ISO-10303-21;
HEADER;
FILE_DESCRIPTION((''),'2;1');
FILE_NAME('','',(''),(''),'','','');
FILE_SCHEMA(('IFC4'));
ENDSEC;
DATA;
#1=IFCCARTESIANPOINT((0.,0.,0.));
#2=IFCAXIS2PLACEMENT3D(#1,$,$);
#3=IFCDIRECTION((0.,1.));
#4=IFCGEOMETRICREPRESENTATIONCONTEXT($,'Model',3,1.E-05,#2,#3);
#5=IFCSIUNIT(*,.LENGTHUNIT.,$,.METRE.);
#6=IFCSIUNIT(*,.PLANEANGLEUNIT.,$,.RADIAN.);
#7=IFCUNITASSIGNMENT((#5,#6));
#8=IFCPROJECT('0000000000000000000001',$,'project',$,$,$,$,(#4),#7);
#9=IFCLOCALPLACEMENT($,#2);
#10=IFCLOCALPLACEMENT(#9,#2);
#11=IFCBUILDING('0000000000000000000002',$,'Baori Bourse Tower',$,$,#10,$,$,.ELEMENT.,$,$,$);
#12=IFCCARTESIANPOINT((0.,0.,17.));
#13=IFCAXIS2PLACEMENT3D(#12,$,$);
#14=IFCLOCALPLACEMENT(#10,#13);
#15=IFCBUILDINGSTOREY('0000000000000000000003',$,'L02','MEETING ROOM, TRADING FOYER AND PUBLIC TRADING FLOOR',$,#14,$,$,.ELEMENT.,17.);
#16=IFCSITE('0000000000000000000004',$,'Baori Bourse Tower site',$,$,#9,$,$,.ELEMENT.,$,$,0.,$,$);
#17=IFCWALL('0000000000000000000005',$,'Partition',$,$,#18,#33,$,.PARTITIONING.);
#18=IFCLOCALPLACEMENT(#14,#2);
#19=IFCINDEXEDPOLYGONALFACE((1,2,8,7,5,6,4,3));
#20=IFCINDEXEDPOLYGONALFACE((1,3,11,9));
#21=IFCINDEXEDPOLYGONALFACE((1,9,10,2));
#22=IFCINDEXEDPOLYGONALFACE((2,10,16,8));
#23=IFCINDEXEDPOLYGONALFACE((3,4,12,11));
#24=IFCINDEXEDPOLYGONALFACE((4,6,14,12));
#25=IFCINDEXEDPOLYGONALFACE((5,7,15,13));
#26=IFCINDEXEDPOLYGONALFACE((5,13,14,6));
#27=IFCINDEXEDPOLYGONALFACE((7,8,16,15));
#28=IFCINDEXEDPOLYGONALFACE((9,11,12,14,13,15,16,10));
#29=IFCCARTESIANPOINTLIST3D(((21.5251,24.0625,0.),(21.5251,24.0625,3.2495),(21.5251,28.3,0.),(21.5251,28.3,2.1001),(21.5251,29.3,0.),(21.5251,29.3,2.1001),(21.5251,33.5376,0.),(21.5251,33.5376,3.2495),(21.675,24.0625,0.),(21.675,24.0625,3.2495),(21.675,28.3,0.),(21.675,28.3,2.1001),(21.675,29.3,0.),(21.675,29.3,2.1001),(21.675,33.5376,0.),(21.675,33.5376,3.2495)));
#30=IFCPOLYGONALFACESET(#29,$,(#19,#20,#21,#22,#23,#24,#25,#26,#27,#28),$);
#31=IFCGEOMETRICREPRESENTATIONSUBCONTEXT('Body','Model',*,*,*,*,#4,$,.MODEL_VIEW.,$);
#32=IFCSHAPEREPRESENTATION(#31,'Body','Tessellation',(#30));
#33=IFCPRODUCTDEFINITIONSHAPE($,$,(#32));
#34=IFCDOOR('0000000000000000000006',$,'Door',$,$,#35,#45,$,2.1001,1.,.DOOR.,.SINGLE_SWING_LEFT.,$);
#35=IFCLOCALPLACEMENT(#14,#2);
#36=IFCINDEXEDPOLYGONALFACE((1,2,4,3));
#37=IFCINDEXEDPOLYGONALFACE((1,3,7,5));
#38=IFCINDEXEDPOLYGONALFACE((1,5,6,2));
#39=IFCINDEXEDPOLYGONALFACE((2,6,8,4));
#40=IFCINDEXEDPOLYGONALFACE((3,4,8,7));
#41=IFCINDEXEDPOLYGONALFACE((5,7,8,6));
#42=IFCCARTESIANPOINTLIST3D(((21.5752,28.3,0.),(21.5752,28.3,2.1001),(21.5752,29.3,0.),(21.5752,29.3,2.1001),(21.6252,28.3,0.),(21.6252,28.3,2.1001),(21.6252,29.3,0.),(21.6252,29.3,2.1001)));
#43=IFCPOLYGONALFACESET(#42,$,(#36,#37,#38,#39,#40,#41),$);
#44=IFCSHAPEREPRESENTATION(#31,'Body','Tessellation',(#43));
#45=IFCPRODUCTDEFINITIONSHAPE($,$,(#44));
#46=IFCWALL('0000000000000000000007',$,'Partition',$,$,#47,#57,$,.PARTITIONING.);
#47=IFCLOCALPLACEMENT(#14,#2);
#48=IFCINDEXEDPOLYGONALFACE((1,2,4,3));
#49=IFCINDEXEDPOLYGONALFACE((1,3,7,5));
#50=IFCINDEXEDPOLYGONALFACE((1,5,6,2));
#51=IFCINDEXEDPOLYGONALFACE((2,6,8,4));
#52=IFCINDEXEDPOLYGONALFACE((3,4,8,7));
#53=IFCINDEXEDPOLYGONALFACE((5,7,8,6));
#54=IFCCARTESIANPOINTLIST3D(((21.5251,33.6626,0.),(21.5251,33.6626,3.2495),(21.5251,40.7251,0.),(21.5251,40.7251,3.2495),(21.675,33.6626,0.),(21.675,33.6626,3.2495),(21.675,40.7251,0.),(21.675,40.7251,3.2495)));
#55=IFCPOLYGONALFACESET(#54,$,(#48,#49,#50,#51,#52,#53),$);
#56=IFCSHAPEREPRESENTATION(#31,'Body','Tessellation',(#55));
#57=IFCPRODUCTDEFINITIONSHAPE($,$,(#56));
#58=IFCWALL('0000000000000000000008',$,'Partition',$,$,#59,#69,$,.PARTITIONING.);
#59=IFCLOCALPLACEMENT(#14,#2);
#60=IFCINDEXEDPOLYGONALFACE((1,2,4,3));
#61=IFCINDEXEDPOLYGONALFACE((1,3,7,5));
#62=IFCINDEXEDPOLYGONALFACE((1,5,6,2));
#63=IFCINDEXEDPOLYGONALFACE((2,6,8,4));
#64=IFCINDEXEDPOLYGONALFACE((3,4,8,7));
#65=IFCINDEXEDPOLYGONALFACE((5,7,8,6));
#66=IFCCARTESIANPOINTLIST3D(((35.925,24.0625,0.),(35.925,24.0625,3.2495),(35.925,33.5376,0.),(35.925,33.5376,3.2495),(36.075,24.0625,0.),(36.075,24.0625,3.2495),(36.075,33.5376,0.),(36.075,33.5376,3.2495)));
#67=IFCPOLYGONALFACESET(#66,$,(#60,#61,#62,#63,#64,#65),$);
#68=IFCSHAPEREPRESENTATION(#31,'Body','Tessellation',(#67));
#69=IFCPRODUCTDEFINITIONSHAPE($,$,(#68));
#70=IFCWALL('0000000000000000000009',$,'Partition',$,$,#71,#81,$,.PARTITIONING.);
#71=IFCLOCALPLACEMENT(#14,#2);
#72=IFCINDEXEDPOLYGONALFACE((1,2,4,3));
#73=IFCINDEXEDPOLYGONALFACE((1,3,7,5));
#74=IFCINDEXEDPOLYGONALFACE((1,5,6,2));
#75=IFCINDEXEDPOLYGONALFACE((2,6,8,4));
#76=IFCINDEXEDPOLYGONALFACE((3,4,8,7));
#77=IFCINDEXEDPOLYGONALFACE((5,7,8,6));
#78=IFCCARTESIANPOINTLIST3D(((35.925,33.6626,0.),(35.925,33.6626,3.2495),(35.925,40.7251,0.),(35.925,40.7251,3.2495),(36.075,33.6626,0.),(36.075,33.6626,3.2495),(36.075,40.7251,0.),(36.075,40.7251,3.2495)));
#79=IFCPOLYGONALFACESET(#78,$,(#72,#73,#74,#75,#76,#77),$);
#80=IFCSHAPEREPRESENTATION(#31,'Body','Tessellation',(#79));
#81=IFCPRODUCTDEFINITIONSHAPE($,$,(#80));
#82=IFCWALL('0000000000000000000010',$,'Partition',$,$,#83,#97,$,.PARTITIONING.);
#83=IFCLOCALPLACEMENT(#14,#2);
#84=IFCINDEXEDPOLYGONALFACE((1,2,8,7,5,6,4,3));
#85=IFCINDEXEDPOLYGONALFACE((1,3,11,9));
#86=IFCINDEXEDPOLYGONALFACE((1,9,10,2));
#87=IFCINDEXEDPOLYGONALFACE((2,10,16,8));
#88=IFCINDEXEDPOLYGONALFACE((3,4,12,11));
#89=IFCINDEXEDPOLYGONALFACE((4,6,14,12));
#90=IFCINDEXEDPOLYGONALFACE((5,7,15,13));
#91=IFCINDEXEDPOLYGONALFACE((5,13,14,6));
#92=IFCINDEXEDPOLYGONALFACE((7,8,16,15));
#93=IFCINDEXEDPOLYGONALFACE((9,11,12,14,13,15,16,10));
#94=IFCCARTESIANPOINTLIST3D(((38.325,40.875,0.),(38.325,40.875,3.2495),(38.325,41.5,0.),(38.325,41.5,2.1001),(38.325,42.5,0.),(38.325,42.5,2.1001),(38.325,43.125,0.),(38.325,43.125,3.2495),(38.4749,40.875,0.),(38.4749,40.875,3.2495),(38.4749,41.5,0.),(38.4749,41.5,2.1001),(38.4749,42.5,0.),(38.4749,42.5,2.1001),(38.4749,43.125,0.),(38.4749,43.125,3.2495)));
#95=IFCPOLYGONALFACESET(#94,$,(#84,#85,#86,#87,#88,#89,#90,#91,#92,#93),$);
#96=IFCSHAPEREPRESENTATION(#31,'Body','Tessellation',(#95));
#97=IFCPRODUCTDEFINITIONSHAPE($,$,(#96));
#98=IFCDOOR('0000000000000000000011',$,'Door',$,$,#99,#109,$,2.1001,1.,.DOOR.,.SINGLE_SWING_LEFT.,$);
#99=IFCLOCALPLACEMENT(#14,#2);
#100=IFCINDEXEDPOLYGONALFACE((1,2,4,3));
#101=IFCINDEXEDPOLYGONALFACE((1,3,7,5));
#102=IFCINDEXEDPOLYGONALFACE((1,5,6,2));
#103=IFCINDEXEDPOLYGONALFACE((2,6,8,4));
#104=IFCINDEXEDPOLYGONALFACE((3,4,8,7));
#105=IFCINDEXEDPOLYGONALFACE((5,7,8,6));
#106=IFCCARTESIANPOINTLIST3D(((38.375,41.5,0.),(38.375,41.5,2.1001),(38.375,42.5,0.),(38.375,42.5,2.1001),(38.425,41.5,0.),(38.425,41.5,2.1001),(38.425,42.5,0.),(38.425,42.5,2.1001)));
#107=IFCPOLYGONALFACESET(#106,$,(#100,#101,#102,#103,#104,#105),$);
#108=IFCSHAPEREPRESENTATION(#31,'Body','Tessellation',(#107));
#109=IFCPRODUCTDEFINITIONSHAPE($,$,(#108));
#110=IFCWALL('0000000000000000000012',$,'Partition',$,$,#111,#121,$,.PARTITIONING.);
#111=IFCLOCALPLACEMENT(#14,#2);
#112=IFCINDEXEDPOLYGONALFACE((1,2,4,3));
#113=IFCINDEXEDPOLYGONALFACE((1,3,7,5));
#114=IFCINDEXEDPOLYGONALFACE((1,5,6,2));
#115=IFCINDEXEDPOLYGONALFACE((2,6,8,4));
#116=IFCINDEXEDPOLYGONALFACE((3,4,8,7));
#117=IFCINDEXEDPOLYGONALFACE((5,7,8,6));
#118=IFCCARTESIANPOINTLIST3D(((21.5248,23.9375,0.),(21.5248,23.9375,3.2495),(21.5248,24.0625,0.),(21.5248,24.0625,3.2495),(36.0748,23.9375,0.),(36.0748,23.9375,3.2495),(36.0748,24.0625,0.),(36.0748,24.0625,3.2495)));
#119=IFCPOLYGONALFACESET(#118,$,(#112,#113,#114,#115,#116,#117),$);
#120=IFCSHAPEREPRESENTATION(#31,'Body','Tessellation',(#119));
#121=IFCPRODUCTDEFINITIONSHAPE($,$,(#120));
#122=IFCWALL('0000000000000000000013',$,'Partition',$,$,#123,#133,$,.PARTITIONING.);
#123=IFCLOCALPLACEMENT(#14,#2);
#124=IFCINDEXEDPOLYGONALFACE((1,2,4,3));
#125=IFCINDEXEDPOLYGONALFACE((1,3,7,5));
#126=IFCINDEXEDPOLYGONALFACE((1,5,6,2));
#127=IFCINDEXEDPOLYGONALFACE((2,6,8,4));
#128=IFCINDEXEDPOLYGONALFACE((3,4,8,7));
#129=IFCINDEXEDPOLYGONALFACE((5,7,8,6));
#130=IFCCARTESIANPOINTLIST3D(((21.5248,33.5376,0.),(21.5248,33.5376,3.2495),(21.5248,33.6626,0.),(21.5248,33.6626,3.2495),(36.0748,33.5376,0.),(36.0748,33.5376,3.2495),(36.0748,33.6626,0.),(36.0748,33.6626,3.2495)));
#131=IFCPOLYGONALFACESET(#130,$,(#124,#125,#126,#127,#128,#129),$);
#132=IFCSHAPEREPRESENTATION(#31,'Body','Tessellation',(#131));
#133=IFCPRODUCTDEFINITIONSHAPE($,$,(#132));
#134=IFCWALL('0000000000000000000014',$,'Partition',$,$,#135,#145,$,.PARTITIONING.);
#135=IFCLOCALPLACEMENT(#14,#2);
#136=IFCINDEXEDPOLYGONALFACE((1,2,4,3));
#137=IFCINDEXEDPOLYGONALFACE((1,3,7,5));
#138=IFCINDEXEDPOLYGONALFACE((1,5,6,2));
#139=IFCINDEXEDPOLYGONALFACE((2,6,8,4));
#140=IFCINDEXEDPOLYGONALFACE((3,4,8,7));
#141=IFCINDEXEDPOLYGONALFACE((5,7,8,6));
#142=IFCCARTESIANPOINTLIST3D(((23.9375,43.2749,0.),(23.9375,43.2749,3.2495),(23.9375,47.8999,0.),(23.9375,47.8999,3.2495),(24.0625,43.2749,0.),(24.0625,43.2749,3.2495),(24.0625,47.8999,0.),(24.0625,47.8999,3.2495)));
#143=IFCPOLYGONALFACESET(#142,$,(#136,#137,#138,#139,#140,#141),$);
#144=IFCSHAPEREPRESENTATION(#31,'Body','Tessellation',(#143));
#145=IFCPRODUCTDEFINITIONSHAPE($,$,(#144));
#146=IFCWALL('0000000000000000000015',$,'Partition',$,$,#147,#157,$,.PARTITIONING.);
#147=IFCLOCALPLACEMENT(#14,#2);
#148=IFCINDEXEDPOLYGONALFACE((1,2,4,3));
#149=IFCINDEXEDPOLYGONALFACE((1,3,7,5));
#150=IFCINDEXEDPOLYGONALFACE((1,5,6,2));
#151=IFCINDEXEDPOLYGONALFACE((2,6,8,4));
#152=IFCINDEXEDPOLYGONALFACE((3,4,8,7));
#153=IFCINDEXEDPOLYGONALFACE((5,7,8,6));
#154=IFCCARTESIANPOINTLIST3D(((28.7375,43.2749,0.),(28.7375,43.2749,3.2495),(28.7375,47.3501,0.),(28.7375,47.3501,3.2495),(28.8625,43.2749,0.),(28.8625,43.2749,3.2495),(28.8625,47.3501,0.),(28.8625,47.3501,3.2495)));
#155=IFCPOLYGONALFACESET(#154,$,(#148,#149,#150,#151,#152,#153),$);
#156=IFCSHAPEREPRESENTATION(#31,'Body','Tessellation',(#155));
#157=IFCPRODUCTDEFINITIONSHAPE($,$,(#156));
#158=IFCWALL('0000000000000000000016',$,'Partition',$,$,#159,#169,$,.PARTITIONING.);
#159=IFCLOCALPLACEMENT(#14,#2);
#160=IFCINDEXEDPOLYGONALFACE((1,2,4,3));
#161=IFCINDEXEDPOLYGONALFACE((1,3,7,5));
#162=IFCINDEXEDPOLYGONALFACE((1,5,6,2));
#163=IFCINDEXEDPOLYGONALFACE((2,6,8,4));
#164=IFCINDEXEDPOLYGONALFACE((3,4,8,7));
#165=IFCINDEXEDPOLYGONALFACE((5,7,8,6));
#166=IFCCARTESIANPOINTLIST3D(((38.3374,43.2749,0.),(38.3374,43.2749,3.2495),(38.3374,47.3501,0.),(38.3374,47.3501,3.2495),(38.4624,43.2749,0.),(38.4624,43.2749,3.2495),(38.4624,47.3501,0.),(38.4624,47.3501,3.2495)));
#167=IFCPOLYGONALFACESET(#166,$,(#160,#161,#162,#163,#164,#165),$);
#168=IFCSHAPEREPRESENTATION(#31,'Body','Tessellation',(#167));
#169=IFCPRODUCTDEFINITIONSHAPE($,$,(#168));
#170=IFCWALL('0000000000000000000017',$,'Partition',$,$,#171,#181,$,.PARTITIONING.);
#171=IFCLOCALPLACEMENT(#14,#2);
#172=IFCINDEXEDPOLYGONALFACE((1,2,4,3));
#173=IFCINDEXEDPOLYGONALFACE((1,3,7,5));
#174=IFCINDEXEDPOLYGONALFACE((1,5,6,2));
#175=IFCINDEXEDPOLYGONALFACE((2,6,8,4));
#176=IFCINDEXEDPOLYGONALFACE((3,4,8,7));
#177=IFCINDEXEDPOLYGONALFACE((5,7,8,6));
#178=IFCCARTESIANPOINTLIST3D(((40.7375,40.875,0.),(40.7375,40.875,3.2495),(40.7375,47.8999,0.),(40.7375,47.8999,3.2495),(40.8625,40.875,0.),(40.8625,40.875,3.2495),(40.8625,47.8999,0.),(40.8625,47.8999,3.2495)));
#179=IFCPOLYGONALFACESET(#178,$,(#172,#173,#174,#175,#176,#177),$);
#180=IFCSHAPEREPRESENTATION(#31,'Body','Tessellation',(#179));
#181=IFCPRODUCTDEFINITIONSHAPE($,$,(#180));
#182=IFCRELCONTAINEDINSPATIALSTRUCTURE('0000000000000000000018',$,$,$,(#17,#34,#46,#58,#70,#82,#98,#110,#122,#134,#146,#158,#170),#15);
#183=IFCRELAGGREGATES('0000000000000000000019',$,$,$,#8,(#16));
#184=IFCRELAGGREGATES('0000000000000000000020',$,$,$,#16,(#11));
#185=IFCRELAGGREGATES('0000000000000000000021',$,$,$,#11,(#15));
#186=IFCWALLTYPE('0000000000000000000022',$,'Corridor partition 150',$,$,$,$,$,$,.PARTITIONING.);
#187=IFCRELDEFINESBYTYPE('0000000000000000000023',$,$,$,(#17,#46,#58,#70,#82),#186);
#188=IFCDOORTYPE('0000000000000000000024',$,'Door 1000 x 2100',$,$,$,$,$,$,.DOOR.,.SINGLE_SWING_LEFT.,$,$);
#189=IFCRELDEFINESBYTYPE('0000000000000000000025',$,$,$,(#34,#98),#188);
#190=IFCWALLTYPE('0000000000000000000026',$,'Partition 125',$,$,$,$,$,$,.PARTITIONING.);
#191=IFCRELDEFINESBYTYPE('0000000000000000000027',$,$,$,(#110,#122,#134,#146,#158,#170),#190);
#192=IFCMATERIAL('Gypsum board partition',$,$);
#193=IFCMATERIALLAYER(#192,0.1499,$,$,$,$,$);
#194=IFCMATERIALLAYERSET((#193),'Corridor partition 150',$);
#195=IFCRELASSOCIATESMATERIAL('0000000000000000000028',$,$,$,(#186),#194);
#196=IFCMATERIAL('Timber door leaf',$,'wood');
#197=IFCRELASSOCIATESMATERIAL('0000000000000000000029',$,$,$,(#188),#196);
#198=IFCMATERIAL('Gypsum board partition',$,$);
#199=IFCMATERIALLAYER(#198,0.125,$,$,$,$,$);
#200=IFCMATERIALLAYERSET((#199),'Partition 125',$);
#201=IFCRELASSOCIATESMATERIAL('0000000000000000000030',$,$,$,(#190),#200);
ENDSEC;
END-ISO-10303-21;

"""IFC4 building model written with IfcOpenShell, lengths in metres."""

from ifc_helpers import new_model, si_unit, direction, frame, frame_2d, origin, place, context, subcontext, project, spatial, rectangle, extrude, material, layer, layer_set, type_object, element, fill, save


model = new_model("IFC4")

# Units and contexts
model_context = context("Model", 3, precision=1e-05, world=origin(), true_north=direction((0.0, 1.0)))
body_context = subcontext(model_context, "Body", "Model", "MODEL_VIEW")
ifc_project = project(units=[si_unit("LENGTHUNIT", "METRE"), si_unit("PLANEANGLEUNIT", "RADIAN")], contexts=[model_context])

# Site, building, storey
site_placement = place(None, origin())
site = spatial("IfcSite", under=ifc_project, at=site_placement, Name="Baori Bourse Tower site", CompositionType="ELEMENT", RefElevation=0.0)
building_placement = place(site_placement, origin())
building = spatial("IfcBuilding", under=site, at=building_placement, Name="Baori Bourse Tower", CompositionType="ELEMENT")
storey_placement = place(building_placement, frame((0.0, 0.0, 17.0)))
storey = spatial("IfcBuildingStorey", under=building, at=storey_placement, Name="L02", Description="MEETING ROOM, TRADING FOYER AND PUBLIC TRADING FLOOR", CompositionType="ELEMENT", Elevation=17.0)

# Wall, opening, door
ifc_material_1 = material(Name="Gypsum board partition")
ifc_layer_1 = layer(ifc_material_1, 0.1499)
ifc_layer_set_1 = layer_set([ifc_layer_1], Name="Corridor partition 150")
wall_type_1 = type_object("IfcWallType", Name="Corridor partition 150", PredefinedType="PARTITIONING", material=ifc_layer_set_1)
ifc_material_2 = material(Name="Timber door leaf", Category="wood")
door_type_1 = type_object("IfcDoorType", Name="Door 1000 x 2100", OperationType="SINGLE_SWING_LEFT", PredefinedType="DOOR", material=ifc_material_2)
wall_1_placement = place(storey_placement, frame((21.6001, 24.0625, 0.0), z_axis=(0.0, 0.0, 1.0), x_axis=(0.0, 1.0, 0.0)))
wall_1 = element("IfcWall", 1, at=wall_1_placement, inside=storey, type_object=wall_type_1, Name="Partition", PredefinedType="PARTITIONING", context=body_context, shape_type="SweptSolid", body=[
    extrude(rectangle(XDim=9.4751, YDim=0.1499, at=frame_2d((4.7375, 0.0))), origin(), (0.0, 0.0, 1.0), 3.2495),
])
opening_1_placement = place(wall_1_placement, frame((4.2375, 0.0, 0.0)))
opening_1 = element("IfcOpeningElement", 2, at=opening_1_placement, cuts=wall_1, PredefinedType="OPENING", context=body_context, shape_type="SweptSolid", body=[
    extrude(rectangle(XDim=1.0, YDim=2.1001, at=frame_2d((0.5, 1.05))), frame((0.0, 0.085, 0.0), z_axis=(0.0, -1.0, 0.0), x_axis=(1.0, 0.0, 0.0)), (0.0, 0.0, 1.0), 0.1699),
])
door_1_placement = place(opening_1_placement, origin())
door_1 = element("IfcDoor", 3, at=door_1_placement, inside=storey, type_object=door_type_1, Name="Door", OperationType="SINGLE_SWING_LEFT", OverallHeight=2.1001, OverallWidth=1.0, PredefinedType="DOOR", context=body_context, shape_type="SweptSolid", body=[
    extrude(rectangle(XDim=1.0, YDim=2.1001, at=frame_2d((0.5, 1.05))), frame((0.0, 0.0249, 0.0), z_axis=(0.0, -1.0, 0.0), x_axis=(1.0, 0.0, 0.0)), (0.0, 0.0, 1.0), 0.05),
])
fill(opening_1, door_1)

# Walls
wall_2_placement = place(storey_placement, frame((21.6001, 33.6626, 0.0), z_axis=(0.0, 0.0, 1.0), x_axis=(0.0, 1.0, 0.0)))
element("IfcWall", 4, at=wall_2_placement, inside=storey, type_object=wall_type_1, Name="Partition", PredefinedType="PARTITIONING", context=body_context, shape_type="SweptSolid", body=[
    extrude(rectangle(XDim=7.0625, YDim=0.1499, at=frame_2d((3.5312, 0.0))), origin(), (0.0, 0.0, 1.0), 3.2495),
])
wall_3_placement = place(storey_placement, frame((36.0, 24.0625, 0.0), z_axis=(0.0, 0.0, 1.0), x_axis=(0.0, 1.0, 0.0)))
element("IfcWall", 5, at=wall_3_placement, inside=storey, type_object=wall_type_1, Name="Partition", PredefinedType="PARTITIONING", context=body_context, shape_type="SweptSolid", body=[
    extrude(rectangle(XDim=9.4751, YDim=0.1499, at=frame_2d((4.7375, 0.0))), origin(), (0.0, 0.0, 1.0), 3.2495),
])
wall_4_placement = place(storey_placement, frame((36.0, 33.6626, 0.0), z_axis=(0.0, 0.0, 1.0), x_axis=(0.0, 1.0, 0.0)))
element("IfcWall", 6, at=wall_4_placement, inside=storey, type_object=wall_type_1, Name="Partition", PredefinedType="PARTITIONING", context=body_context, shape_type="SweptSolid", body=[
    extrude(rectangle(XDim=7.0625, YDim=0.1499, at=frame_2d((3.5312, 0.0))), origin(), (0.0, 0.0, 1.0), 3.2495),
])

# Wall, opening, door
wall_5_placement = place(storey_placement, frame((38.3999, 40.875, 0.0), z_axis=(0.0, 0.0, 1.0), x_axis=(0.0, 1.0, 0.0)))
wall_5 = element("IfcWall", 7, at=wall_5_placement, inside=storey, type_object=wall_type_1, Name="Partition", PredefinedType="PARTITIONING", context=body_context, shape_type="SweptSolid", body=[
    extrude(rectangle(XDim=2.25, YDim=0.1499, at=frame_2d((1.125, 0.0))), origin(), (0.0, 0.0, 1.0), 3.2495),
])
opening_2_placement = place(wall_5_placement, frame((0.625, 0.0, 0.0)))
opening_2 = element("IfcOpeningElement", 8, at=opening_2_placement, cuts=wall_5, PredefinedType="OPENING", context=body_context, shape_type="SweptSolid", body=[
    extrude(rectangle(XDim=1.0, YDim=2.1001, at=frame_2d((0.5, 1.05))), frame((0.0, 0.085, 0.0), z_axis=(0.0, -1.0, 0.0), x_axis=(1.0, 0.0, 0.0)), (0.0, 0.0, 1.0), 0.1699),
])
door_2_placement = place(opening_2_placement, origin())
door_2 = element("IfcDoor", 9, at=door_2_placement, inside=storey, type_object=door_type_1, Name="Door", OperationType="SINGLE_SWING_LEFT", OverallHeight=2.1001, OverallWidth=1.0, PredefinedType="DOOR", context=body_context, shape_type="SweptSolid", body=[
    extrude(rectangle(XDim=1.0, YDim=2.1001, at=frame_2d((0.5, 1.05))), frame((0.0, 0.0249, 0.0), z_axis=(0.0, -1.0, 0.0), x_axis=(1.0, 0.0, 0.0)), (0.0, 0.0, 1.0), 0.05),
])
fill(opening_2, door_2)

# Walls
ifc_material_3 = material(Name="Gypsum board partition")
ifc_layer_2 = layer(ifc_material_3, 0.125)
ifc_layer_set_2 = layer_set([ifc_layer_2], Name="Partition 125")
wall_type_2 = type_object("IfcWallType", Name="Partition 125", PredefinedType="PARTITIONING", material=ifc_layer_set_2)
for number, where, z_axis, x_axis, name in (
    (10, (21.5249, 24.0, 0.0), (0.0, 0.0, 1.0), (1.0, 0.0, 0.0), "Partition"),
    (11, (21.5249, 33.6001, 0.0), (0.0, 0.0, 1.0), (1.0, 0.0, 0.0), "Partition"),
):
    element("IfcWall", number, at=place(storey_placement, frame(where, z_axis=z_axis, x_axis=x_axis)), inside=storey, type_object=wall_type_2, Name=name, PredefinedType="PARTITIONING", context=body_context, shape_type="SweptSolid", body=[
        extrude(rectangle(XDim=14.55, YDim=0.125, at=frame_2d((7.2749, 0.0))), origin(), (0.0, 0.0, 1.0), 3.2495),
    ])
wall_6_placement = place(storey_placement, frame((24.0, 43.2749, 0.0), z_axis=(0.0, 0.0, 1.0), x_axis=(0.0, 1.0, 0.0)))
element("IfcWall", 12, at=wall_6_placement, inside=storey, type_object=wall_type_2, Name="Partition", PredefinedType="PARTITIONING", context=body_context, shape_type="SweptSolid", body=[
    extrude(rectangle(XDim=4.625, YDim=0.125, at=frame_2d((2.3125, 0.0))), origin(), (0.0, 0.0, 1.0), 3.2495),
])
for number, where, z_axis, x_axis, name in (
    (13, (28.8, 43.2749, 0.0), (0.0, 0.0, 1.0), (0.0, 1.0, 0.0), "Partition"),
    (14, (38.3999, 43.2749, 0.0), (0.0, 0.0, 1.0), (0.0, 1.0, 0.0), "Partition"),
):
    element("IfcWall", number, at=place(storey_placement, frame(where, z_axis=z_axis, x_axis=x_axis)), inside=storey, type_object=wall_type_2, Name=name, PredefinedType="PARTITIONING", context=body_context, shape_type="SweptSolid", body=[
        extrude(rectangle(XDim=4.0752, YDim=0.125, at=frame_2d((2.0376, 0.0))), origin(), (0.0, 0.0, 1.0), 3.2495),
    ])
wall_7_placement = place(storey_placement, frame((40.8, 40.875, 0.0), z_axis=(0.0, 0.0, 1.0), x_axis=(0.0, 1.0, 0.0)))
element("IfcWall", 15, at=wall_7_placement, inside=storey, type_object=wall_type_2, Name="Partition", PredefinedType="PARTITIONING", context=body_context, shape_type="SweptSolid", body=[
    extrude(rectangle(XDim=7.0249, YDim=0.125, at=frame_2d((3.5125, 0.0))), origin(), (0.0, 0.0, 1.0), 3.2495),
])

save(model, "model.ifc")
